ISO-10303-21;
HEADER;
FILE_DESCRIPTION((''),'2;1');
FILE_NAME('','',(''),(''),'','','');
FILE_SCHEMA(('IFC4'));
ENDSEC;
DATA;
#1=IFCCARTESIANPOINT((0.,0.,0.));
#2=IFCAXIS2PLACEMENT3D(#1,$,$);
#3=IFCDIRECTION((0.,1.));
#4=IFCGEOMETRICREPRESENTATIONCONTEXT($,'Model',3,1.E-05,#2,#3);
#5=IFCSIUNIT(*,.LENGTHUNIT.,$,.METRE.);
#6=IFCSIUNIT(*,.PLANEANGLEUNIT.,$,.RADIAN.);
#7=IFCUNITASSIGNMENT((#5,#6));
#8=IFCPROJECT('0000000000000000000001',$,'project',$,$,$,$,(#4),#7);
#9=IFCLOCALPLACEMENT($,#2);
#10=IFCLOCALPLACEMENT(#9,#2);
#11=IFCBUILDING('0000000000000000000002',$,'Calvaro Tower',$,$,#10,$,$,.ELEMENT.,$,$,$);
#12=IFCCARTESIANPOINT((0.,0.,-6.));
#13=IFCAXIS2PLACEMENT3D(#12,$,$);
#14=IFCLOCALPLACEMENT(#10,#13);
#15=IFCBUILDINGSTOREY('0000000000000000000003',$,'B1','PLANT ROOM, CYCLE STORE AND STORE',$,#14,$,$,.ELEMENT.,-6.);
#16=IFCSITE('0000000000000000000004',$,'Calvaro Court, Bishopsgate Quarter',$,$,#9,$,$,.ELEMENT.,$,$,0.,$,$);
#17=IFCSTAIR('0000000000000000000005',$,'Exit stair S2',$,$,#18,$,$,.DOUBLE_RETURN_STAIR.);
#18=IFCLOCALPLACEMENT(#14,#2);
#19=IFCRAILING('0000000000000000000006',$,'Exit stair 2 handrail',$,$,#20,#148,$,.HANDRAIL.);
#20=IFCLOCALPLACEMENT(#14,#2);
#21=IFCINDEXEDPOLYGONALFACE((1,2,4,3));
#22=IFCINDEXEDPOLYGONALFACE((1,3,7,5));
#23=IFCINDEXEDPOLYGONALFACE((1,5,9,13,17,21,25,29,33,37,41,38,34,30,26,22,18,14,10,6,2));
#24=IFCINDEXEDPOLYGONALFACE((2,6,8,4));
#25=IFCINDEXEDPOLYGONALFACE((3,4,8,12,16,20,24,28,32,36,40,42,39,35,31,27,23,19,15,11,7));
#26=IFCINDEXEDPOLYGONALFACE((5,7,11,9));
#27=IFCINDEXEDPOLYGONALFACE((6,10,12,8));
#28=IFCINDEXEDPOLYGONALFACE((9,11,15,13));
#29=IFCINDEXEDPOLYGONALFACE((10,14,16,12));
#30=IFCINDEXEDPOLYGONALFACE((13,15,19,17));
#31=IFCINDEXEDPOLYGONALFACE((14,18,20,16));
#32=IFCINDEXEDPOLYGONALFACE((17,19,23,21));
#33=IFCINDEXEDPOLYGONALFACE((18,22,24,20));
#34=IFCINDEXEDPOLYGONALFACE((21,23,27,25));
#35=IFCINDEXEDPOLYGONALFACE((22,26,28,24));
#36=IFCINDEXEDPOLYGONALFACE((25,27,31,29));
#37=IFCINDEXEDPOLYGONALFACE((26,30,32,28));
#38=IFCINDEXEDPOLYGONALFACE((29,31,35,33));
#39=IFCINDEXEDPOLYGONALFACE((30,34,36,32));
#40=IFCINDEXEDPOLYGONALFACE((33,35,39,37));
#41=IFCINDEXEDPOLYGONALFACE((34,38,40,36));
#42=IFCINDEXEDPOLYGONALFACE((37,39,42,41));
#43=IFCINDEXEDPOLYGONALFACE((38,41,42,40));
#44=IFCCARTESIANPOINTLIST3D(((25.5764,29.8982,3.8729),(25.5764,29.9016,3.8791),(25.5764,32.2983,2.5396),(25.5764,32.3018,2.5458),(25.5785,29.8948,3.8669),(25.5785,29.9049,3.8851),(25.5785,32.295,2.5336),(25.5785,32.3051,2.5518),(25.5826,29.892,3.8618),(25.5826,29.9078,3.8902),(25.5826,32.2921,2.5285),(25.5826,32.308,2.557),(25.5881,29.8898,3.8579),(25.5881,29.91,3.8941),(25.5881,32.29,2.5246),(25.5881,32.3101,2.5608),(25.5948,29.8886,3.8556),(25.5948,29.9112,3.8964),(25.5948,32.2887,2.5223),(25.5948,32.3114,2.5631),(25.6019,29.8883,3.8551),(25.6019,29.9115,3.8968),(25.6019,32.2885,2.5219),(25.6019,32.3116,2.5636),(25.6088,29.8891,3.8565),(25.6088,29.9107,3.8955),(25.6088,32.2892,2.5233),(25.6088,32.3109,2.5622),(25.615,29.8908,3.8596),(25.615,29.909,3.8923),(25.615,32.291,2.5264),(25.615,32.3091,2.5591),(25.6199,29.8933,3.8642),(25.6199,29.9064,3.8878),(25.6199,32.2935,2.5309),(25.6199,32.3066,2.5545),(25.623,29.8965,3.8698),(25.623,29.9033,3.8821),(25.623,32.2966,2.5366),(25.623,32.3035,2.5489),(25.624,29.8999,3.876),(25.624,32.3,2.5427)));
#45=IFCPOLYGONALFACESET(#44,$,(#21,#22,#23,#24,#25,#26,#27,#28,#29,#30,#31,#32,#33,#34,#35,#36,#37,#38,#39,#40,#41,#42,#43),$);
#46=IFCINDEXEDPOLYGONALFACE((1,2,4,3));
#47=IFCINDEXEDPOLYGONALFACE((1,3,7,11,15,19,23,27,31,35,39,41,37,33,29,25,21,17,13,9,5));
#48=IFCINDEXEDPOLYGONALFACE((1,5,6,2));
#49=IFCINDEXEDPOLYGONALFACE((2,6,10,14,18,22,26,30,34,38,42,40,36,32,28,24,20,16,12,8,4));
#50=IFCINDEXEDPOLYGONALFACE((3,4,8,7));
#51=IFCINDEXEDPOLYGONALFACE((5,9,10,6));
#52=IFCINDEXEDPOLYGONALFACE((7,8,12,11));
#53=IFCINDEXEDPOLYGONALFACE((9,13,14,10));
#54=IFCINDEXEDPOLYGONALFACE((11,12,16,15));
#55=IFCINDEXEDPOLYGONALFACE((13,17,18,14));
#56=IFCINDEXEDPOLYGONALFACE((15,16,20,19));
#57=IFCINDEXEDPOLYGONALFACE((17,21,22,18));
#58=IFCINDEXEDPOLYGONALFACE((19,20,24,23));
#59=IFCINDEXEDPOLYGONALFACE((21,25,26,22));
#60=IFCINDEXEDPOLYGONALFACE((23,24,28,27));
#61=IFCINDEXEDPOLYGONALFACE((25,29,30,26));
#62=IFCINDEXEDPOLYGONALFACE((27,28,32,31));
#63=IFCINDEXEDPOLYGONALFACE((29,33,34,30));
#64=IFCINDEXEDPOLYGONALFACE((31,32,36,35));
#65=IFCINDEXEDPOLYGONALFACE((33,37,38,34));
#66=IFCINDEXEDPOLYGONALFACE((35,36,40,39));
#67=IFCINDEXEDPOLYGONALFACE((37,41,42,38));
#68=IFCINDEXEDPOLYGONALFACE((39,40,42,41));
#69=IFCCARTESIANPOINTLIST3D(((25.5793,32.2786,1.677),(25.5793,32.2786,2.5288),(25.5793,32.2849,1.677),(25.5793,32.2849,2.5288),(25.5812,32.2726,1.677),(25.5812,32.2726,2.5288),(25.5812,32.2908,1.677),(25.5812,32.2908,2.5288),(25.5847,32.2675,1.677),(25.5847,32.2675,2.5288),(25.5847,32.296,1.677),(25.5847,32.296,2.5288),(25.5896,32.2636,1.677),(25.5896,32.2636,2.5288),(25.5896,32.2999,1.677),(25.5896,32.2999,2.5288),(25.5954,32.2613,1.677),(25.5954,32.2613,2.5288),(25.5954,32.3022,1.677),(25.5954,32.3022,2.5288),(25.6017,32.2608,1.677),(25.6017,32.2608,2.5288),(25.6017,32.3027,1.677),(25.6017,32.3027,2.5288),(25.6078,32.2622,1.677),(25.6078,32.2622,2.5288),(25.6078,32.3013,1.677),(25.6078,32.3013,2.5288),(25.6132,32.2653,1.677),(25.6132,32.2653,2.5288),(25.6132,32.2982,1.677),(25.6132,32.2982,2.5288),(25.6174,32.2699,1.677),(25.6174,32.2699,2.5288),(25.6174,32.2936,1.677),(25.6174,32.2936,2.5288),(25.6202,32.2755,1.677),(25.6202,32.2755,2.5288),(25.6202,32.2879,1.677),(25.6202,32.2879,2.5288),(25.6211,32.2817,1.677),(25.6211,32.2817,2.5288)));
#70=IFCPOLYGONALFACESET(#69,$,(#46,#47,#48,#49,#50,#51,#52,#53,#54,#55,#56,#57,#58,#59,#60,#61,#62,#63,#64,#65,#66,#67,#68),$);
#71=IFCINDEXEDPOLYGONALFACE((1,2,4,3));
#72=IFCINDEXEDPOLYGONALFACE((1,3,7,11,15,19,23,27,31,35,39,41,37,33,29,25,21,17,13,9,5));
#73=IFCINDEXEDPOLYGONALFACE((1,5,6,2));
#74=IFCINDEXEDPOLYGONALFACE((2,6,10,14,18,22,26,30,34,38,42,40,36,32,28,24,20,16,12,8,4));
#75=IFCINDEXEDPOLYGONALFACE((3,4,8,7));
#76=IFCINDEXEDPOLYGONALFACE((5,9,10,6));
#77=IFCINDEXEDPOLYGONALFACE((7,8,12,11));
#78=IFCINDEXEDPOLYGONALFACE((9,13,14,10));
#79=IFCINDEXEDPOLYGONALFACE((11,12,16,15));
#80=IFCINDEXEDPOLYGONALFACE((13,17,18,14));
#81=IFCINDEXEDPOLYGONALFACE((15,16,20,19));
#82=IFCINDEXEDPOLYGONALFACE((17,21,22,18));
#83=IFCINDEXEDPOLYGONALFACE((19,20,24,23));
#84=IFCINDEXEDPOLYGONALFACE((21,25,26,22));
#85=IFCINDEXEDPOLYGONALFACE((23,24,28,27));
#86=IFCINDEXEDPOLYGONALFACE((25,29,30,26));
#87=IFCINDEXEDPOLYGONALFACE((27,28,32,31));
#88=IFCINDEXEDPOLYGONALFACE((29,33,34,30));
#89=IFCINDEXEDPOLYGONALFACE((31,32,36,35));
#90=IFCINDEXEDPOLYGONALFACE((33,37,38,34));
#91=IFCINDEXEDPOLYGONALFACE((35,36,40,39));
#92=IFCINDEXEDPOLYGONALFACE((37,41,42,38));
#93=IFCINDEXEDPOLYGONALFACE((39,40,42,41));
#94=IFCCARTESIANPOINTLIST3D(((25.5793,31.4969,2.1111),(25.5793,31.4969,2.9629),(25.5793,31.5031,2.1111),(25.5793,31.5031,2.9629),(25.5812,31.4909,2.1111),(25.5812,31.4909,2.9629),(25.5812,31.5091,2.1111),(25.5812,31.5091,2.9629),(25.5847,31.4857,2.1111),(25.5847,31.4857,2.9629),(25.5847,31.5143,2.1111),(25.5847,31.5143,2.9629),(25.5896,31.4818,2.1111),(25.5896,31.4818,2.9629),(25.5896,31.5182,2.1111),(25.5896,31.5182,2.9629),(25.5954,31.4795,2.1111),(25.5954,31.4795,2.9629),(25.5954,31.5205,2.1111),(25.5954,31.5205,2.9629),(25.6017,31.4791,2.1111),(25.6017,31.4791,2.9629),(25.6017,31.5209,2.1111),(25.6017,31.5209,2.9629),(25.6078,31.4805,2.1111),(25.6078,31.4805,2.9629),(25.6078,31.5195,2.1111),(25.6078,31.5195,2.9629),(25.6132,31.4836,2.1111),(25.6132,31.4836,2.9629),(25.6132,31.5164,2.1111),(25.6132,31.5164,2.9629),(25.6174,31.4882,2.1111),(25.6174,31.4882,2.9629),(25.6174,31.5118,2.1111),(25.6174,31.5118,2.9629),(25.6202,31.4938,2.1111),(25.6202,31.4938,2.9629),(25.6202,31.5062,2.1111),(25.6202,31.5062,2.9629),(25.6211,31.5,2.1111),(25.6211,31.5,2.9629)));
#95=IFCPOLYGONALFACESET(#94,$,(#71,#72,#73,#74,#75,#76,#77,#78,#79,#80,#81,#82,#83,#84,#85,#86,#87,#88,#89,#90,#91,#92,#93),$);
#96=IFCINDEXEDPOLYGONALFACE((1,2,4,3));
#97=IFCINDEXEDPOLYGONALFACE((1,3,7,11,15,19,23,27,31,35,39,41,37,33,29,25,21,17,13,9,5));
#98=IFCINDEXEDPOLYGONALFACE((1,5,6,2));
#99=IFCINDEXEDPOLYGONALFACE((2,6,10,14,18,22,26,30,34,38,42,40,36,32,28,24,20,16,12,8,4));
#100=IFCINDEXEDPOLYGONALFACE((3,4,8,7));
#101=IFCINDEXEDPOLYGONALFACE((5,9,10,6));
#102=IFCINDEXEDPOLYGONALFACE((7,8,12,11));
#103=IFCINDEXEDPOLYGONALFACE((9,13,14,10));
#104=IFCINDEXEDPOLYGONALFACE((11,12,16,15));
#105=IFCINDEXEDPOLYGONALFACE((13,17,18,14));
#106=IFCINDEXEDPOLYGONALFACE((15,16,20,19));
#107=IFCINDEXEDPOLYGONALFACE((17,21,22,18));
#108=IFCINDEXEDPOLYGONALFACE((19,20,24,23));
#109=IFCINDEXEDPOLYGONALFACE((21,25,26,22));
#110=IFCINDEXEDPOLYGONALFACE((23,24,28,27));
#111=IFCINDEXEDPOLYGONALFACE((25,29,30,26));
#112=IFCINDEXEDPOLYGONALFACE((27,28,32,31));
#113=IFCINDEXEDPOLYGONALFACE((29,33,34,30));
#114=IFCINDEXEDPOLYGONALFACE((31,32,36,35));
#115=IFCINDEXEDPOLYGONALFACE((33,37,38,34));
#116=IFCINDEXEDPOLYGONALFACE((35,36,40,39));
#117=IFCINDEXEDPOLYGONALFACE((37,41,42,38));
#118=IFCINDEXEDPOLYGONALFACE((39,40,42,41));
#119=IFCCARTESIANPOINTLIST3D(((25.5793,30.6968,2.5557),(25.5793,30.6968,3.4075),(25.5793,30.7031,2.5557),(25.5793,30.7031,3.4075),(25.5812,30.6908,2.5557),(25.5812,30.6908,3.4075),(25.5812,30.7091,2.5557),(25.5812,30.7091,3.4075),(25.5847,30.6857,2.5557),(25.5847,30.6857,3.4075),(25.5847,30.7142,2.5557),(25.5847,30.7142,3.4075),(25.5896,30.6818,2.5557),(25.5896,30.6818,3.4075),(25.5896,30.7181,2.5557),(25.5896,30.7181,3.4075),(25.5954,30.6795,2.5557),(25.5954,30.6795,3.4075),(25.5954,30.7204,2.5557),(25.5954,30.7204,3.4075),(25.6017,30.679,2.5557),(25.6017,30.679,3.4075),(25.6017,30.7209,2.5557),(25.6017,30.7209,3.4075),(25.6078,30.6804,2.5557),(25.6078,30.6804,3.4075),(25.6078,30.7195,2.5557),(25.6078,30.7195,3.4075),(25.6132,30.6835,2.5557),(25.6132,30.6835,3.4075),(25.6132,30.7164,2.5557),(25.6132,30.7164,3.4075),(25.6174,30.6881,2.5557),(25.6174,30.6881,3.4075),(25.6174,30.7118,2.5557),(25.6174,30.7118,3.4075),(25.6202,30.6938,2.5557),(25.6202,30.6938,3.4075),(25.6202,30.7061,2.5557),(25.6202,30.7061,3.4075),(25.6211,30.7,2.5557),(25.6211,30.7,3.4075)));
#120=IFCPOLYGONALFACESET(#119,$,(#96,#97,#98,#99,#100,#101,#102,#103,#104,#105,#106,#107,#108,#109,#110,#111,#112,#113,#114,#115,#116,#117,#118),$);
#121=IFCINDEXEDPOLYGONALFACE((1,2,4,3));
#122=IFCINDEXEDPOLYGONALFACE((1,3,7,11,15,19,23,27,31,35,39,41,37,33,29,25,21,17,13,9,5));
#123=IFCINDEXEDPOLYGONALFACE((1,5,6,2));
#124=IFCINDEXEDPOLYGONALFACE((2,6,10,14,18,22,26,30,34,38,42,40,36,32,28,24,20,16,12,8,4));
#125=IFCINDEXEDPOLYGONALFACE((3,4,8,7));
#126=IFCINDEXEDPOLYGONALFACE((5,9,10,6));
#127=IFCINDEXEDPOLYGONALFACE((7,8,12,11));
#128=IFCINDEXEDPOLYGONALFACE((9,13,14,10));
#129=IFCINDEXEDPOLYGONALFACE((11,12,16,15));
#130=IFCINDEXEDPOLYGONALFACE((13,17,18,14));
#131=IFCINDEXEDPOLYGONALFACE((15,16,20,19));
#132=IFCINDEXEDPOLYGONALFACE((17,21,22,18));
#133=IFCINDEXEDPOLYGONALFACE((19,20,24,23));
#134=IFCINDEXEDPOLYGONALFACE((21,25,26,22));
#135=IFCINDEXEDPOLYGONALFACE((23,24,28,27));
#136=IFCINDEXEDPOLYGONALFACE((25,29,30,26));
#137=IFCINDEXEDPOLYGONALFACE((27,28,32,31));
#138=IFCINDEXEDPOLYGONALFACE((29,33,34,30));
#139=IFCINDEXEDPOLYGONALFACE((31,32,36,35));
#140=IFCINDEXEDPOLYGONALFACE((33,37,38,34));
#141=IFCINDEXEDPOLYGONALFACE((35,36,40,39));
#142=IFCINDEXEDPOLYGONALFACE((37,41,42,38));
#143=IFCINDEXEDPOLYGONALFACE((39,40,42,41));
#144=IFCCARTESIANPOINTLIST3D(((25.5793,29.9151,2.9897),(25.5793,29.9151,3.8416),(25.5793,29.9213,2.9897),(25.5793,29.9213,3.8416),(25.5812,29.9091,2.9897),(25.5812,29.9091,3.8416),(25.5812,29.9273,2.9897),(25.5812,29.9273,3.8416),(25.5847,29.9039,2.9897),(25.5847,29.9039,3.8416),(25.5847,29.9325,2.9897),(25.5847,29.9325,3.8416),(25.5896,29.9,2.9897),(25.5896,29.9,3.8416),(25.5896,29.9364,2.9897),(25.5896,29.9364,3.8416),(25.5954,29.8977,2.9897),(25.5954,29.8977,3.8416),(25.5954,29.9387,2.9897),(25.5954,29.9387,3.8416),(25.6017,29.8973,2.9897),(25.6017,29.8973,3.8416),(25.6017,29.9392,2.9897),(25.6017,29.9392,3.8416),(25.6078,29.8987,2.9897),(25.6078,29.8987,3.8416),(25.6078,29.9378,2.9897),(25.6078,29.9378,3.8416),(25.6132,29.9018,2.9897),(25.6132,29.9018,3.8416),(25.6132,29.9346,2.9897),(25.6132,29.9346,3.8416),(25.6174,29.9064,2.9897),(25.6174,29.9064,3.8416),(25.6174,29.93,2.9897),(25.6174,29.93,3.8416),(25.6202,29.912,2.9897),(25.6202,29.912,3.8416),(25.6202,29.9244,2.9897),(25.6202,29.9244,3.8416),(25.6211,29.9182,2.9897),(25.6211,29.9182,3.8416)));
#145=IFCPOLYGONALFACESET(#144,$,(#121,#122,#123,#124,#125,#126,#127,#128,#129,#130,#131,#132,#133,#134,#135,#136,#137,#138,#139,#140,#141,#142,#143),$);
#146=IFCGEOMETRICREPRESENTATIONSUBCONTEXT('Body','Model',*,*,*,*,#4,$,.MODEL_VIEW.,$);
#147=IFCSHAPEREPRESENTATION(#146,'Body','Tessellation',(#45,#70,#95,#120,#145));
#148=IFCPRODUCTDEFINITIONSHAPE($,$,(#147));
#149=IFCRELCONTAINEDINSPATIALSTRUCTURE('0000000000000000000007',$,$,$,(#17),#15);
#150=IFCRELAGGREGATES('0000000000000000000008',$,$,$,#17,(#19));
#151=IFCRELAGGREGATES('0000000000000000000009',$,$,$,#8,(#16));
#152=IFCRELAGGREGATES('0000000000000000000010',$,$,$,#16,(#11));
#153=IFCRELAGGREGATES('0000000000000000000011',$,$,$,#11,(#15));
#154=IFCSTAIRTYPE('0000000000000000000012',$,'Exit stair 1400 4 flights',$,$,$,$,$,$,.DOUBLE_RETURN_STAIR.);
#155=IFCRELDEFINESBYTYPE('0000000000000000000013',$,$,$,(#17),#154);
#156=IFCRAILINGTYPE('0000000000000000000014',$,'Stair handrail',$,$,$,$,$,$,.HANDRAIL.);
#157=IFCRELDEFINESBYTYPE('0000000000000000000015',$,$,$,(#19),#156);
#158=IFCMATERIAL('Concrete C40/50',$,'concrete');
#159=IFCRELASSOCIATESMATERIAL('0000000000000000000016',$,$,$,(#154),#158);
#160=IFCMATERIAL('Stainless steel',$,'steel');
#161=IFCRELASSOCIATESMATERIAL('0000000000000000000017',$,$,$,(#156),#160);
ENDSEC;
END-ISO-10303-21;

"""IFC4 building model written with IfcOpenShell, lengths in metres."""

from ifc_helpers import new_model, si_unit, direction, frame, origin, origin_2d, place, context, subcontext, project, spatial, circle, extrude, material, type_object, element, aggregate, save


model = new_model("IFC4")

# Units and contexts
model_context = context("Model", 3, precision=1e-05, world=origin(), true_north=direction((0.0, 1.0)))
body_context = subcontext(model_context, "Body", "Model", "MODEL_VIEW")
ifc_project = project(units=[si_unit("LENGTHUNIT", "METRE"), si_unit("PLANEANGLEUNIT", "RADIAN")], contexts=[model_context])

# Site, building, storey
site_placement = place(None, origin())
site = spatial("IfcSite", under=ifc_project, at=site_placement, Name="Calvaro Court, Bishopsgate Quarter", CompositionType="ELEMENT", RefElevation=0.0)
building_placement = place(site_placement, origin())
building = spatial("IfcBuilding", under=site, at=building_placement, Name="Calvaro Tower", CompositionType="ELEMENT")
storey_placement = place(building_placement, frame((0.0, 0.0, -6.0)))
storey = spatial("IfcBuildingStorey", under=building, at=storey_placement, Name="B1", Description="PLANT ROOM, CYCLE STORE AND STORE", CompositionType="ELEMENT", Elevation=-6.0)

# Stair, railing
ifc_material_1 = material(Name="Concrete C40/50", Category="concrete")
stair_type = type_object("IfcStairType", Name="Exit stair 1400 4 flights", PredefinedType="DOUBLE_RETURN_STAIR", material=ifc_material_1)
stair_placement = place(storey_placement, origin())
stair = element("IfcStair", 1, at=stair_placement, inside=storey, type_object=stair_type, Name="Exit stair S2", PredefinedType="DOUBLE_RETURN_STAIR")
ifc_material_2 = material(Name="Stainless steel", Category="steel")
railing_type = type_object("IfcRailingType", Name="Stair handrail", PredefinedType="HANDRAIL", material=ifc_material_2)
railing_1_placement = place(storey_placement, frame((25.6001, 32.3, 1.6667)))
railing_1 = element("IfcRailing", 2, at=railing_1_placement, type_object=railing_type, Name="Exit stair 2 handrail", PredefinedType="HANDRAIL", context=body_context, shape_type="SweptSolid", body=[
    extrude(circle(Radius=0.0239, at=origin_2d()), frame((0.0, 0.0, 0.876), z_axis=(0.0, -0.874182, 0.485598), x_axis=(1.0, 0.0, 0.0)), (0.0, 0.0, 1.0), 2.7456),
    extrude(circle(Radius=0.021, at=origin_2d()), frame((0.0, -0.0183, 0.0103)), (0.0, 0.0, 1.0), 0.8518),
    extrude(circle(Radius=0.021, at=origin_2d()), frame((0.0, -0.8, 0.4443)), (0.0, 0.0, 1.0), 0.8518),
    extrude(circle(Radius=0.021, at=origin_2d()), frame((0.0, -1.6001, 0.8889)), (0.0, 0.0, 1.0), 0.8518),
    extrude(circle(Radius=0.021, at=origin_2d()), frame((0.0, -2.3818, 1.323)), (0.0, 0.0, 1.0), 0.8518),
])
aggregate(stair, [railing_1])

save(model, "model.ifc")
